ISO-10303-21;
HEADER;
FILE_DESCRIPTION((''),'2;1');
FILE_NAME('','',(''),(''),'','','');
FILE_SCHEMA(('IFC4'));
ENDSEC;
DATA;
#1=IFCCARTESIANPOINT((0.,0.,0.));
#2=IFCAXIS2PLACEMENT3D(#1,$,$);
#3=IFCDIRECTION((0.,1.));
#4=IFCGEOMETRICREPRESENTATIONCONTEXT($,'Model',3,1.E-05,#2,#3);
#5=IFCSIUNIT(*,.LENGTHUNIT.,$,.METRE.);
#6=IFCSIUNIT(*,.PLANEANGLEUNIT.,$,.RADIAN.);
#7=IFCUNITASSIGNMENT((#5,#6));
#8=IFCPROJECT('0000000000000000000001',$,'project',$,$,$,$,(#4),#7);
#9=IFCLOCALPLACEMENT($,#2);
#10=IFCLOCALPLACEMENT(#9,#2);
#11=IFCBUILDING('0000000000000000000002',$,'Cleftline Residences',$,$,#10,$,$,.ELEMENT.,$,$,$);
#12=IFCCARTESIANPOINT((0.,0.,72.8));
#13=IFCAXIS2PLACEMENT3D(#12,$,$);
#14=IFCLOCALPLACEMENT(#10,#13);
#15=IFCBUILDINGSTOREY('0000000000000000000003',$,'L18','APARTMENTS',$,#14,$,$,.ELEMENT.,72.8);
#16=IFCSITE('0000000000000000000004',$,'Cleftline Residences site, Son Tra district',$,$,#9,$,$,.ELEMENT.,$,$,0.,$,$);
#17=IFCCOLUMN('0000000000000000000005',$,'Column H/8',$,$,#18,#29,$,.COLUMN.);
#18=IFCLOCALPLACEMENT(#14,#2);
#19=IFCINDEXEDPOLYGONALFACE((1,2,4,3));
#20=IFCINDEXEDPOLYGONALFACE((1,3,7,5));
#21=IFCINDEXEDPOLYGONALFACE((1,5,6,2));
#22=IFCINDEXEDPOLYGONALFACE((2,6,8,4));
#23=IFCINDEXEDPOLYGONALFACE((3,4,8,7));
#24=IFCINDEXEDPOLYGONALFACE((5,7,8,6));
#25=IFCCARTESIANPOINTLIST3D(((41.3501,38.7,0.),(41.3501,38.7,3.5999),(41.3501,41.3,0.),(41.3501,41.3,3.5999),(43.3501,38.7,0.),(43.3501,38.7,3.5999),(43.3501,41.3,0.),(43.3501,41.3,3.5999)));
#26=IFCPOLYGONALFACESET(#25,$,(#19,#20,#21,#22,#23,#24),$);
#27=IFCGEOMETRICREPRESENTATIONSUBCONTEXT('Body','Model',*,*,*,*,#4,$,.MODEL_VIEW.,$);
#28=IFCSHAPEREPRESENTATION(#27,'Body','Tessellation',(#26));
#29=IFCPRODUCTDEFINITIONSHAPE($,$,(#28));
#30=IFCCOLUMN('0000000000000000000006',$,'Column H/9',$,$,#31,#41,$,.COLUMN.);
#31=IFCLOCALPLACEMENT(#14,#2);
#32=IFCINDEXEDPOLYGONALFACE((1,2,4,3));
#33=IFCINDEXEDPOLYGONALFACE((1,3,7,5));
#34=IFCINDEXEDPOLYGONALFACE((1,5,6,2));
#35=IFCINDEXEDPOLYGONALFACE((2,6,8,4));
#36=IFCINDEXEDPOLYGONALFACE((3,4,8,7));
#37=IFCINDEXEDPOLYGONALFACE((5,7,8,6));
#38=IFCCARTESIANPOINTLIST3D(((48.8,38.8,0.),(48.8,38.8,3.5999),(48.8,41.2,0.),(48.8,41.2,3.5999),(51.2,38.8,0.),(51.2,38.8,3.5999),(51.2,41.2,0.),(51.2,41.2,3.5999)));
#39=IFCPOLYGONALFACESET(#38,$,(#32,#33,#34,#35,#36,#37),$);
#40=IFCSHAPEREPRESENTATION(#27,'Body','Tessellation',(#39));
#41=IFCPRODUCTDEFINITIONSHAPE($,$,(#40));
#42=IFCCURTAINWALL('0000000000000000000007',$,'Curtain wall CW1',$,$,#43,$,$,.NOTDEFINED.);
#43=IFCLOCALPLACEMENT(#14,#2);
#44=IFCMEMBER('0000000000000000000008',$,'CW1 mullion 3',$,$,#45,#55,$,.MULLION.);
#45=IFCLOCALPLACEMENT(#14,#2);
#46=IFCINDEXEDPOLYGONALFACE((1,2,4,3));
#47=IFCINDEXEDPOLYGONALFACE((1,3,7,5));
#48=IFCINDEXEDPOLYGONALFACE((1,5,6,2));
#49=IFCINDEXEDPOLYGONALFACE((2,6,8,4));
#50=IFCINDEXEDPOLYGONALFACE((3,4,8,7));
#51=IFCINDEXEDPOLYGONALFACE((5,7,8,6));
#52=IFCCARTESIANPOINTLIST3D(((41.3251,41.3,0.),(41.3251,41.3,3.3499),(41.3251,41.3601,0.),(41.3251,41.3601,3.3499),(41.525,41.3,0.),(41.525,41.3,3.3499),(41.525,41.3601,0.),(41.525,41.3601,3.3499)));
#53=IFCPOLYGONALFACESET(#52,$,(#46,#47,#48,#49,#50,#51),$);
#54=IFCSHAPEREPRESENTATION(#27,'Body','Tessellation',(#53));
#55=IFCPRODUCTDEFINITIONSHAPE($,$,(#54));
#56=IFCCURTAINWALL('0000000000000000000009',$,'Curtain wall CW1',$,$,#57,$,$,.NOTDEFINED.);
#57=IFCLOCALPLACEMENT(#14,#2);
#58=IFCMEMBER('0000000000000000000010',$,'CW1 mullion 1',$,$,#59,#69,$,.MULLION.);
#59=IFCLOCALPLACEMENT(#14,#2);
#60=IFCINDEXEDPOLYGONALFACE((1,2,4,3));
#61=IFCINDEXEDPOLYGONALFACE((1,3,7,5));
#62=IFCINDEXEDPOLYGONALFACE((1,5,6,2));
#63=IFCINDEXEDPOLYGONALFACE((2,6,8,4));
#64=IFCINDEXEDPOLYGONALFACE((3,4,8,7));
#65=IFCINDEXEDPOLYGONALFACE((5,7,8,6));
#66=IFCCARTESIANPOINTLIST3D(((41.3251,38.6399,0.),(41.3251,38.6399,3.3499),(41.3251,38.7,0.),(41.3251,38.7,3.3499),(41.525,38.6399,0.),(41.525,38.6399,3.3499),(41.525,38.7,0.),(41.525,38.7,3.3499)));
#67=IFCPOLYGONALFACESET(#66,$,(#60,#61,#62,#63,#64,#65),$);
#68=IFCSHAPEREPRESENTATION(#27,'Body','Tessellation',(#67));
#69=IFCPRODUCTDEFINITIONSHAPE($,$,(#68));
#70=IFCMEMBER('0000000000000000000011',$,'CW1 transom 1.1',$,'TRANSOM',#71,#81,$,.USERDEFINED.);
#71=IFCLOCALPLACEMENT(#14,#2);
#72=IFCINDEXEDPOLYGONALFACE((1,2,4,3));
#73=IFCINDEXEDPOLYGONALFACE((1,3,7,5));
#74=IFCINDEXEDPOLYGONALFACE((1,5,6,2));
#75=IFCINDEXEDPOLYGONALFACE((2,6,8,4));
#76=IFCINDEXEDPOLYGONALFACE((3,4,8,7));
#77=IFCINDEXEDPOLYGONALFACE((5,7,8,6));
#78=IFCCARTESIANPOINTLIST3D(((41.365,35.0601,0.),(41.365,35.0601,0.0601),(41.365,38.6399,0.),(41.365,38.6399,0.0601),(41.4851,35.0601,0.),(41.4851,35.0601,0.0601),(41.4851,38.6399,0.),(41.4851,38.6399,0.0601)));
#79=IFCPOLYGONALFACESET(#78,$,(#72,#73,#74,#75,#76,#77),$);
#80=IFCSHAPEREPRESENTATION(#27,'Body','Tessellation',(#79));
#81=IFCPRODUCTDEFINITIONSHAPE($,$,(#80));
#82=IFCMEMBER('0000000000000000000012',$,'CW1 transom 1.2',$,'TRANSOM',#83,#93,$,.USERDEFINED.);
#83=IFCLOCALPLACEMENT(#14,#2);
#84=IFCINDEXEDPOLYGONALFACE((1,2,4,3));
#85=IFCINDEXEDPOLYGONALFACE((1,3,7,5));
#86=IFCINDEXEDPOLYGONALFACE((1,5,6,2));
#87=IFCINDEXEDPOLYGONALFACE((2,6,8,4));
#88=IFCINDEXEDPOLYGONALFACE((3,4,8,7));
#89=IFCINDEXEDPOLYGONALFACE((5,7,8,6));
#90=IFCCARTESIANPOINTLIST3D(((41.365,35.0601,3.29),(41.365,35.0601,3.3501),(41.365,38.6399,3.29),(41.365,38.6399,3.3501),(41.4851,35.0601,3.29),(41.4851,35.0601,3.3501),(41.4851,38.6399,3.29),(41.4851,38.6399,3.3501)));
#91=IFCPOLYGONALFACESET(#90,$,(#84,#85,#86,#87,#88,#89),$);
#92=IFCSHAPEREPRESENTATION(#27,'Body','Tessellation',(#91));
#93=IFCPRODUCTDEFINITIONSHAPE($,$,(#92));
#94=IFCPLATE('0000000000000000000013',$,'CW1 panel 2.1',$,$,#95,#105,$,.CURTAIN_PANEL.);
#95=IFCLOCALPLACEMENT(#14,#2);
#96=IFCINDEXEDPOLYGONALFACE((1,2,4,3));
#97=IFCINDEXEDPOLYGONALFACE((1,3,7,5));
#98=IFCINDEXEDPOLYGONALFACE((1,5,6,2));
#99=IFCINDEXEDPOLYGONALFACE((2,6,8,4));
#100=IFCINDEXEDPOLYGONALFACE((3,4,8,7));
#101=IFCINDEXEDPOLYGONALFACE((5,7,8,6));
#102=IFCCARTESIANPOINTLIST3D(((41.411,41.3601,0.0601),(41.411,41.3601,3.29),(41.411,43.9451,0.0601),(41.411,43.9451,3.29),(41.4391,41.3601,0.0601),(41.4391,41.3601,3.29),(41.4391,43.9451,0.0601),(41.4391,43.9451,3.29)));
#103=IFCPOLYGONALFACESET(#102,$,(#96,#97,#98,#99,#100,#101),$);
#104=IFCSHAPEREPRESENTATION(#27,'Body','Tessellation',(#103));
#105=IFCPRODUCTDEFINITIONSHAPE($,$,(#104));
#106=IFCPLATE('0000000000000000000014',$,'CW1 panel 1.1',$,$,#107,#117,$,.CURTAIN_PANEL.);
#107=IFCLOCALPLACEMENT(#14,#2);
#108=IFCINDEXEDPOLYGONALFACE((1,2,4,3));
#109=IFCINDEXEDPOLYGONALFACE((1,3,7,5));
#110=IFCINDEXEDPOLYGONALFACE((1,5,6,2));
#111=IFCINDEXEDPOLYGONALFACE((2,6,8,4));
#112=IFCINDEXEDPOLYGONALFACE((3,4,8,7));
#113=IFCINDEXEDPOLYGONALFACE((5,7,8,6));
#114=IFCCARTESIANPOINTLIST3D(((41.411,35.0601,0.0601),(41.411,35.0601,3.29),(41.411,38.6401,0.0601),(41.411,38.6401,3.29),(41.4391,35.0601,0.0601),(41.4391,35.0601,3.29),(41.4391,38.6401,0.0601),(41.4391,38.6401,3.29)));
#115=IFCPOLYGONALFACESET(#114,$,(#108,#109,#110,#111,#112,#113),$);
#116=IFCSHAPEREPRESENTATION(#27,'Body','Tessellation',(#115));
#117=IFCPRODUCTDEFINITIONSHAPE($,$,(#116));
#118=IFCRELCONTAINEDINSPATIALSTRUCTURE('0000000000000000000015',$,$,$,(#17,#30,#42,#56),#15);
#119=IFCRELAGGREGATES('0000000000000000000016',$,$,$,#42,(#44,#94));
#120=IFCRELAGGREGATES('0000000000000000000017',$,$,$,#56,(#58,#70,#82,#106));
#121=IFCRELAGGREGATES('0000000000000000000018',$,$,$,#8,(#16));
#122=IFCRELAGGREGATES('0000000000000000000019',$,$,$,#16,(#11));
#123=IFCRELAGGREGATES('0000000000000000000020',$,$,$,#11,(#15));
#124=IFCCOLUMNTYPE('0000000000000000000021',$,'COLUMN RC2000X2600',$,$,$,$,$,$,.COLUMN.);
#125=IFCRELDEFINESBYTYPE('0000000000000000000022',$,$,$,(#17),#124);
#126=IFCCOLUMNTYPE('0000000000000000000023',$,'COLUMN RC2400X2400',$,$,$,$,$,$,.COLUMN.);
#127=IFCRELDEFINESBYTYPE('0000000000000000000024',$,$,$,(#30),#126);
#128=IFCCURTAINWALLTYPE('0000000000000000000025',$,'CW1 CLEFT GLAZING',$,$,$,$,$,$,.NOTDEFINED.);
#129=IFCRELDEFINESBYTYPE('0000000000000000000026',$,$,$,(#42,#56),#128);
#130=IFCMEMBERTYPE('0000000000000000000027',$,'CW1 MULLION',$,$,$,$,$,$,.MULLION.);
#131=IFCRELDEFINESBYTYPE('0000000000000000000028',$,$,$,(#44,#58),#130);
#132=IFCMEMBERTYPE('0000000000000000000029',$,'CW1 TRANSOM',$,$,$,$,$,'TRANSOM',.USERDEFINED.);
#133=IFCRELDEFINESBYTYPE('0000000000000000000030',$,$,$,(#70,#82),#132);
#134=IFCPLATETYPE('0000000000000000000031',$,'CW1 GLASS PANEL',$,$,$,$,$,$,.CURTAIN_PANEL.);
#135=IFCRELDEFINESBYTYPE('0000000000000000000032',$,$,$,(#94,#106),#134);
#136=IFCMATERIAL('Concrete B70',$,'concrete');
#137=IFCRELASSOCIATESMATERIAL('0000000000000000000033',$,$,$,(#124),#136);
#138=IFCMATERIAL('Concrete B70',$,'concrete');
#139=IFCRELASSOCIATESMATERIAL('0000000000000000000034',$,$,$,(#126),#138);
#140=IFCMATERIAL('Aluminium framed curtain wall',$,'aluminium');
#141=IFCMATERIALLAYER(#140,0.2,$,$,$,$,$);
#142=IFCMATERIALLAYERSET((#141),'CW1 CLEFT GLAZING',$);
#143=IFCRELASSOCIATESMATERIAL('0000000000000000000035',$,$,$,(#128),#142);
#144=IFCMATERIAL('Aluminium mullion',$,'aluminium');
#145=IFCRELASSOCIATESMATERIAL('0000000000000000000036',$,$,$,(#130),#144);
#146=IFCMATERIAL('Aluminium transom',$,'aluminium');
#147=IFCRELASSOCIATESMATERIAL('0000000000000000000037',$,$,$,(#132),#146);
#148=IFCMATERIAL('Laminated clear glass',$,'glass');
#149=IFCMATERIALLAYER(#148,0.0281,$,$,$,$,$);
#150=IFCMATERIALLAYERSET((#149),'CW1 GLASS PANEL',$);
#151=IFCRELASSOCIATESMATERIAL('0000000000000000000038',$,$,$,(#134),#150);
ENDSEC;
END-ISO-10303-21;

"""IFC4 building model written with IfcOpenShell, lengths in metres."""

from ifc_helpers import new_model, si_unit, direction, frame, origin, origin_2d, place, context, subcontext, project, spatial, rectangle, extrude, material, layer, layer_set, material_profile, profile_set, type_object, element, aggregate, save


model = new_model("IFC4")

# Units and contexts
model_context = context("Model", 3, precision=1e-05, world=origin(), true_north=direction((0.0, 1.0)))
body_context = subcontext(model_context, "Body", "Model", "MODEL_VIEW")
ifc_project = project(units=[si_unit("LENGTHUNIT", "METRE"), si_unit("PLANEANGLEUNIT", "RADIAN")], contexts=[model_context])

# Site, building, storey
site_placement = place(None, origin())
site = spatial("IfcSite", under=ifc_project, at=site_placement, Name="Cleftline Residences site, Son Tra district", CompositionType="ELEMENT", RefElevation=0.0)
building_placement = place(site_placement, origin())
building = spatial("IfcBuilding", under=site, at=building_placement, Name="Cleftline Residences", CompositionType="ELEMENT")
storey_placement = place(building_placement, frame((0.0, 0.0, 72.8)))
storey = spatial("IfcBuildingStorey", under=building, at=storey_placement, Name="L18", Description="APARTMENTS", CompositionType="ELEMENT", Elevation=72.8)

# Columns
ifc_material_1 = material(Name="Concrete B70", Category="concrete")
ifc_material_profile_1 = material_profile(ifc_material_1, rectangle(XDim=2.0, YDim=2.6001, at=origin_2d()))
ifc_profile_set_1 = profile_set([ifc_material_profile_1], Name="Concrete B70")
column_type_1 = type_object("IfcColumnType", Name="COLUMN RC2000X2600", PredefinedType="COLUMN", material=ifc_profile_set_1)
column_1_placement = place(storey_placement, frame((42.3501, 40.0, 0.0), z_axis=(0.0, 0.0, 1.0), x_axis=(1.0, 0.0, 0.0)))
element("IfcColumn", 1, at=column_1_placement, inside=storey, type_object=column_type_1, Name="Column H/8", PredefinedType="COLUMN", context=body_context, shape_type="SweptSolid", body=[
    extrude(rectangle(XDim=2.0, YDim=2.6001, at=origin_2d()), origin(), (0.0, 0.0, 1.0), 3.5999),
])
ifc_material_2 = material(Name="Concrete B70", Category="concrete")
ifc_material_profile_2 = material_profile(ifc_material_2, rectangle(XDim=2.3999, YDim=2.3999, at=origin_2d()))
ifc_profile_set_2 = profile_set([ifc_material_profile_2], Name="Concrete B70")
column_type_2 = type_object("IfcColumnType", Name="COLUMN RC2400X2400", PredefinedType="COLUMN", material=ifc_profile_set_2)
column_2_placement = place(storey_placement, frame((50.0, 40.0, 0.0), z_axis=(0.0, 0.0, 1.0), x_axis=(1.0, 0.0, 0.0)))
element("IfcColumn", 2, at=column_2_placement, inside=storey, type_object=column_type_2, Name="Column H/9", PredefinedType="COLUMN", context=body_context, shape_type="SweptSolid", body=[
    extrude(rectangle(XDim=2.3999, YDim=2.3999, at=origin_2d()), origin(), (0.0, 0.0, 1.0), 3.5999),
])

# Curtain wall, member
ifc_material_3 = material(Name="Aluminium framed curtain wall", Category="aluminium")
ifc_layer_1 = layer(ifc_material_3, 0.2)
ifc_layer_set_1 = layer_set([ifc_layer_1], Name="CW1 CLEFT GLAZING")
curtain_wall_type = type_object("IfcCurtainWallType", Name="CW1 CLEFT GLAZING", PredefinedType="NOTDEFINED", material=ifc_layer_set_1)
curtain_wall_1_placement = place(storey_placement, origin())
curtain_wall_1 = element("IfcCurtainWall", 3, at=curtain_wall_1_placement, inside=storey, type_object=curtain_wall_type, Name="Curtain wall CW1", PredefinedType="NOTDEFINED")
ifc_material_4 = material(Name="Aluminium mullion", Category="aluminium")
ifc_material_profile_3 = material_profile(ifc_material_4, rectangle(XDim=0.2, YDim=0.0601, at=origin_2d()))
ifc_profile_set_3 = profile_set([ifc_material_profile_3], Name="Aluminium mullion")
member_type_1 = type_object("IfcMemberType", Name="CW1 MULLION", PredefinedType="MULLION", material=ifc_profile_set_3)
member_1_placement = place(storey_placement, frame((41.425, 41.3301, 0.0), z_axis=(0.0, 0.0, 1.0), x_axis=(1.0, 0.0, 0.0)))
member_1 = element("IfcMember", 4, at=member_1_placement, type_object=member_type_1, Name="CW1 mullion 3", PredefinedType="MULLION", context=body_context, shape_type="SweptSolid", body=[
    extrude(rectangle(XDim=0.2, YDim=0.0601, at=origin_2d()), origin(), (0.0, 0.0, 1.0), 3.3499),
])

# Curtain wall, members
curtain_wall_2_placement = place(storey_placement, origin())
curtain_wall_2 = element("IfcCurtainWall", 5, at=curtain_wall_2_placement, inside=storey, type_object=curtain_wall_type, Name="Curtain wall CW1", PredefinedType="NOTDEFINED")
member_2_placement = place(storey_placement, frame((41.425, 38.6699, 0.0), z_axis=(0.0, 0.0, 1.0), x_axis=(1.0, 0.0, 0.0)))
member_2 = element("IfcMember", 6, at=member_2_placement, type_object=member_type_1, Name="CW1 mullion 1", PredefinedType="MULLION", context=body_context, shape_type="SweptSolid", body=[
    extrude(rectangle(XDim=0.2, YDim=0.0601, at=origin_2d()), origin(), (0.0, 0.0, 1.0), 3.3499),
])
ifc_material_5 = material(Name="Aluminium transom", Category="aluminium")
ifc_material_profile_4 = material_profile(ifc_material_5, rectangle(XDim=0.1201, YDim=0.0601, at=origin_2d()))
ifc_profile_set_4 = profile_set([ifc_material_profile_4], Name="Aluminium transom")
member_type_2 = type_object("IfcMemberType", Name="CW1 TRANSOM", ElementType="TRANSOM", PredefinedType="USERDEFINED", material=ifc_profile_set_4)
member_3_placement = place(storey_placement, frame((41.425, 38.6399, 0.03), z_axis=(0.0, -1.0, 0.0), x_axis=(1.0, 0.0, 0.0)))
member_3 = element("IfcMember", 7, at=member_3_placement, type_object=member_type_2, Name="CW1 transom 1.1", ObjectType="TRANSOM", PredefinedType="USERDEFINED", context=body_context, shape_type="SweptSolid", body=[
    extrude(rectangle(XDim=0.1201, YDim=0.0601, at=origin_2d()), origin(), (0.0, 0.0, 1.0), 3.5798),
])
member_4_placement = place(storey_placement, frame((41.425, 38.6399, 3.3201), z_axis=(0.0, -1.0, 0.0), x_axis=(1.0, 0.0, 0.0)))
member_4 = element("IfcMember", 8, at=member_4_placement, type_object=member_type_2, Name="CW1 transom 1.2", ObjectType="TRANSOM", PredefinedType="USERDEFINED", context=body_context, shape_type="SweptSolid", body=[
    extrude(rectangle(XDim=0.1201, YDim=0.0601, at=origin_2d()), origin(), (0.0, 0.0, 1.0), 3.5798),
])

# Plates
ifc_material_6 = material(Name="Laminated clear glass", Category="glass")
ifc_layer_2 = layer(ifc_material_6, 0.0281)
ifc_layer_set_2 = layer_set([ifc_layer_2], Name="CW1 GLASS PANEL")
plate_type = type_object("IfcPlateType", Name="CW1 GLASS PANEL", PredefinedType="CURTAIN_PANEL", material=ifc_layer_set_2)
plate_1_placement = place(storey_placement, frame((41.425, 42.6526, 0.0601), z_axis=(0.0, 0.0, 1.0), x_axis=(0.0, -1.0, 0.0)))
plate_1 = element("IfcPlate", 9, at=plate_1_placement, type_object=plate_type, Name="CW1 panel 2.1", PredefinedType="CURTAIN_PANEL", context=body_context, shape_type="SweptSolid", body=[
    extrude(rectangle(XDim=2.585, YDim=0.0281, at=origin_2d()), origin(), (0.0, 0.0, 1.0), 3.23),
])
aggregate(curtain_wall_1, [member_1, plate_1])
plate_2_placement = place(storey_placement, frame((41.425, 36.8501, 0.0601), z_axis=(0.0, 0.0, 1.0), x_axis=(0.0, -1.0, 0.0)))
plate_2 = element("IfcPlate", 10, at=plate_2_placement, type_object=plate_type, Name="CW1 panel 1.1", PredefinedType="CURTAIN_PANEL", context=body_context, shape_type="SweptSolid", body=[
    extrude(rectangle(XDim=3.5801, YDim=0.0281, at=origin_2d()), origin(), (0.0, 0.0, 1.0), 3.23),
])
aggregate(curtain_wall_2, [member_2, member_3, member_4, plate_2])

save(model, "model.ifc")
